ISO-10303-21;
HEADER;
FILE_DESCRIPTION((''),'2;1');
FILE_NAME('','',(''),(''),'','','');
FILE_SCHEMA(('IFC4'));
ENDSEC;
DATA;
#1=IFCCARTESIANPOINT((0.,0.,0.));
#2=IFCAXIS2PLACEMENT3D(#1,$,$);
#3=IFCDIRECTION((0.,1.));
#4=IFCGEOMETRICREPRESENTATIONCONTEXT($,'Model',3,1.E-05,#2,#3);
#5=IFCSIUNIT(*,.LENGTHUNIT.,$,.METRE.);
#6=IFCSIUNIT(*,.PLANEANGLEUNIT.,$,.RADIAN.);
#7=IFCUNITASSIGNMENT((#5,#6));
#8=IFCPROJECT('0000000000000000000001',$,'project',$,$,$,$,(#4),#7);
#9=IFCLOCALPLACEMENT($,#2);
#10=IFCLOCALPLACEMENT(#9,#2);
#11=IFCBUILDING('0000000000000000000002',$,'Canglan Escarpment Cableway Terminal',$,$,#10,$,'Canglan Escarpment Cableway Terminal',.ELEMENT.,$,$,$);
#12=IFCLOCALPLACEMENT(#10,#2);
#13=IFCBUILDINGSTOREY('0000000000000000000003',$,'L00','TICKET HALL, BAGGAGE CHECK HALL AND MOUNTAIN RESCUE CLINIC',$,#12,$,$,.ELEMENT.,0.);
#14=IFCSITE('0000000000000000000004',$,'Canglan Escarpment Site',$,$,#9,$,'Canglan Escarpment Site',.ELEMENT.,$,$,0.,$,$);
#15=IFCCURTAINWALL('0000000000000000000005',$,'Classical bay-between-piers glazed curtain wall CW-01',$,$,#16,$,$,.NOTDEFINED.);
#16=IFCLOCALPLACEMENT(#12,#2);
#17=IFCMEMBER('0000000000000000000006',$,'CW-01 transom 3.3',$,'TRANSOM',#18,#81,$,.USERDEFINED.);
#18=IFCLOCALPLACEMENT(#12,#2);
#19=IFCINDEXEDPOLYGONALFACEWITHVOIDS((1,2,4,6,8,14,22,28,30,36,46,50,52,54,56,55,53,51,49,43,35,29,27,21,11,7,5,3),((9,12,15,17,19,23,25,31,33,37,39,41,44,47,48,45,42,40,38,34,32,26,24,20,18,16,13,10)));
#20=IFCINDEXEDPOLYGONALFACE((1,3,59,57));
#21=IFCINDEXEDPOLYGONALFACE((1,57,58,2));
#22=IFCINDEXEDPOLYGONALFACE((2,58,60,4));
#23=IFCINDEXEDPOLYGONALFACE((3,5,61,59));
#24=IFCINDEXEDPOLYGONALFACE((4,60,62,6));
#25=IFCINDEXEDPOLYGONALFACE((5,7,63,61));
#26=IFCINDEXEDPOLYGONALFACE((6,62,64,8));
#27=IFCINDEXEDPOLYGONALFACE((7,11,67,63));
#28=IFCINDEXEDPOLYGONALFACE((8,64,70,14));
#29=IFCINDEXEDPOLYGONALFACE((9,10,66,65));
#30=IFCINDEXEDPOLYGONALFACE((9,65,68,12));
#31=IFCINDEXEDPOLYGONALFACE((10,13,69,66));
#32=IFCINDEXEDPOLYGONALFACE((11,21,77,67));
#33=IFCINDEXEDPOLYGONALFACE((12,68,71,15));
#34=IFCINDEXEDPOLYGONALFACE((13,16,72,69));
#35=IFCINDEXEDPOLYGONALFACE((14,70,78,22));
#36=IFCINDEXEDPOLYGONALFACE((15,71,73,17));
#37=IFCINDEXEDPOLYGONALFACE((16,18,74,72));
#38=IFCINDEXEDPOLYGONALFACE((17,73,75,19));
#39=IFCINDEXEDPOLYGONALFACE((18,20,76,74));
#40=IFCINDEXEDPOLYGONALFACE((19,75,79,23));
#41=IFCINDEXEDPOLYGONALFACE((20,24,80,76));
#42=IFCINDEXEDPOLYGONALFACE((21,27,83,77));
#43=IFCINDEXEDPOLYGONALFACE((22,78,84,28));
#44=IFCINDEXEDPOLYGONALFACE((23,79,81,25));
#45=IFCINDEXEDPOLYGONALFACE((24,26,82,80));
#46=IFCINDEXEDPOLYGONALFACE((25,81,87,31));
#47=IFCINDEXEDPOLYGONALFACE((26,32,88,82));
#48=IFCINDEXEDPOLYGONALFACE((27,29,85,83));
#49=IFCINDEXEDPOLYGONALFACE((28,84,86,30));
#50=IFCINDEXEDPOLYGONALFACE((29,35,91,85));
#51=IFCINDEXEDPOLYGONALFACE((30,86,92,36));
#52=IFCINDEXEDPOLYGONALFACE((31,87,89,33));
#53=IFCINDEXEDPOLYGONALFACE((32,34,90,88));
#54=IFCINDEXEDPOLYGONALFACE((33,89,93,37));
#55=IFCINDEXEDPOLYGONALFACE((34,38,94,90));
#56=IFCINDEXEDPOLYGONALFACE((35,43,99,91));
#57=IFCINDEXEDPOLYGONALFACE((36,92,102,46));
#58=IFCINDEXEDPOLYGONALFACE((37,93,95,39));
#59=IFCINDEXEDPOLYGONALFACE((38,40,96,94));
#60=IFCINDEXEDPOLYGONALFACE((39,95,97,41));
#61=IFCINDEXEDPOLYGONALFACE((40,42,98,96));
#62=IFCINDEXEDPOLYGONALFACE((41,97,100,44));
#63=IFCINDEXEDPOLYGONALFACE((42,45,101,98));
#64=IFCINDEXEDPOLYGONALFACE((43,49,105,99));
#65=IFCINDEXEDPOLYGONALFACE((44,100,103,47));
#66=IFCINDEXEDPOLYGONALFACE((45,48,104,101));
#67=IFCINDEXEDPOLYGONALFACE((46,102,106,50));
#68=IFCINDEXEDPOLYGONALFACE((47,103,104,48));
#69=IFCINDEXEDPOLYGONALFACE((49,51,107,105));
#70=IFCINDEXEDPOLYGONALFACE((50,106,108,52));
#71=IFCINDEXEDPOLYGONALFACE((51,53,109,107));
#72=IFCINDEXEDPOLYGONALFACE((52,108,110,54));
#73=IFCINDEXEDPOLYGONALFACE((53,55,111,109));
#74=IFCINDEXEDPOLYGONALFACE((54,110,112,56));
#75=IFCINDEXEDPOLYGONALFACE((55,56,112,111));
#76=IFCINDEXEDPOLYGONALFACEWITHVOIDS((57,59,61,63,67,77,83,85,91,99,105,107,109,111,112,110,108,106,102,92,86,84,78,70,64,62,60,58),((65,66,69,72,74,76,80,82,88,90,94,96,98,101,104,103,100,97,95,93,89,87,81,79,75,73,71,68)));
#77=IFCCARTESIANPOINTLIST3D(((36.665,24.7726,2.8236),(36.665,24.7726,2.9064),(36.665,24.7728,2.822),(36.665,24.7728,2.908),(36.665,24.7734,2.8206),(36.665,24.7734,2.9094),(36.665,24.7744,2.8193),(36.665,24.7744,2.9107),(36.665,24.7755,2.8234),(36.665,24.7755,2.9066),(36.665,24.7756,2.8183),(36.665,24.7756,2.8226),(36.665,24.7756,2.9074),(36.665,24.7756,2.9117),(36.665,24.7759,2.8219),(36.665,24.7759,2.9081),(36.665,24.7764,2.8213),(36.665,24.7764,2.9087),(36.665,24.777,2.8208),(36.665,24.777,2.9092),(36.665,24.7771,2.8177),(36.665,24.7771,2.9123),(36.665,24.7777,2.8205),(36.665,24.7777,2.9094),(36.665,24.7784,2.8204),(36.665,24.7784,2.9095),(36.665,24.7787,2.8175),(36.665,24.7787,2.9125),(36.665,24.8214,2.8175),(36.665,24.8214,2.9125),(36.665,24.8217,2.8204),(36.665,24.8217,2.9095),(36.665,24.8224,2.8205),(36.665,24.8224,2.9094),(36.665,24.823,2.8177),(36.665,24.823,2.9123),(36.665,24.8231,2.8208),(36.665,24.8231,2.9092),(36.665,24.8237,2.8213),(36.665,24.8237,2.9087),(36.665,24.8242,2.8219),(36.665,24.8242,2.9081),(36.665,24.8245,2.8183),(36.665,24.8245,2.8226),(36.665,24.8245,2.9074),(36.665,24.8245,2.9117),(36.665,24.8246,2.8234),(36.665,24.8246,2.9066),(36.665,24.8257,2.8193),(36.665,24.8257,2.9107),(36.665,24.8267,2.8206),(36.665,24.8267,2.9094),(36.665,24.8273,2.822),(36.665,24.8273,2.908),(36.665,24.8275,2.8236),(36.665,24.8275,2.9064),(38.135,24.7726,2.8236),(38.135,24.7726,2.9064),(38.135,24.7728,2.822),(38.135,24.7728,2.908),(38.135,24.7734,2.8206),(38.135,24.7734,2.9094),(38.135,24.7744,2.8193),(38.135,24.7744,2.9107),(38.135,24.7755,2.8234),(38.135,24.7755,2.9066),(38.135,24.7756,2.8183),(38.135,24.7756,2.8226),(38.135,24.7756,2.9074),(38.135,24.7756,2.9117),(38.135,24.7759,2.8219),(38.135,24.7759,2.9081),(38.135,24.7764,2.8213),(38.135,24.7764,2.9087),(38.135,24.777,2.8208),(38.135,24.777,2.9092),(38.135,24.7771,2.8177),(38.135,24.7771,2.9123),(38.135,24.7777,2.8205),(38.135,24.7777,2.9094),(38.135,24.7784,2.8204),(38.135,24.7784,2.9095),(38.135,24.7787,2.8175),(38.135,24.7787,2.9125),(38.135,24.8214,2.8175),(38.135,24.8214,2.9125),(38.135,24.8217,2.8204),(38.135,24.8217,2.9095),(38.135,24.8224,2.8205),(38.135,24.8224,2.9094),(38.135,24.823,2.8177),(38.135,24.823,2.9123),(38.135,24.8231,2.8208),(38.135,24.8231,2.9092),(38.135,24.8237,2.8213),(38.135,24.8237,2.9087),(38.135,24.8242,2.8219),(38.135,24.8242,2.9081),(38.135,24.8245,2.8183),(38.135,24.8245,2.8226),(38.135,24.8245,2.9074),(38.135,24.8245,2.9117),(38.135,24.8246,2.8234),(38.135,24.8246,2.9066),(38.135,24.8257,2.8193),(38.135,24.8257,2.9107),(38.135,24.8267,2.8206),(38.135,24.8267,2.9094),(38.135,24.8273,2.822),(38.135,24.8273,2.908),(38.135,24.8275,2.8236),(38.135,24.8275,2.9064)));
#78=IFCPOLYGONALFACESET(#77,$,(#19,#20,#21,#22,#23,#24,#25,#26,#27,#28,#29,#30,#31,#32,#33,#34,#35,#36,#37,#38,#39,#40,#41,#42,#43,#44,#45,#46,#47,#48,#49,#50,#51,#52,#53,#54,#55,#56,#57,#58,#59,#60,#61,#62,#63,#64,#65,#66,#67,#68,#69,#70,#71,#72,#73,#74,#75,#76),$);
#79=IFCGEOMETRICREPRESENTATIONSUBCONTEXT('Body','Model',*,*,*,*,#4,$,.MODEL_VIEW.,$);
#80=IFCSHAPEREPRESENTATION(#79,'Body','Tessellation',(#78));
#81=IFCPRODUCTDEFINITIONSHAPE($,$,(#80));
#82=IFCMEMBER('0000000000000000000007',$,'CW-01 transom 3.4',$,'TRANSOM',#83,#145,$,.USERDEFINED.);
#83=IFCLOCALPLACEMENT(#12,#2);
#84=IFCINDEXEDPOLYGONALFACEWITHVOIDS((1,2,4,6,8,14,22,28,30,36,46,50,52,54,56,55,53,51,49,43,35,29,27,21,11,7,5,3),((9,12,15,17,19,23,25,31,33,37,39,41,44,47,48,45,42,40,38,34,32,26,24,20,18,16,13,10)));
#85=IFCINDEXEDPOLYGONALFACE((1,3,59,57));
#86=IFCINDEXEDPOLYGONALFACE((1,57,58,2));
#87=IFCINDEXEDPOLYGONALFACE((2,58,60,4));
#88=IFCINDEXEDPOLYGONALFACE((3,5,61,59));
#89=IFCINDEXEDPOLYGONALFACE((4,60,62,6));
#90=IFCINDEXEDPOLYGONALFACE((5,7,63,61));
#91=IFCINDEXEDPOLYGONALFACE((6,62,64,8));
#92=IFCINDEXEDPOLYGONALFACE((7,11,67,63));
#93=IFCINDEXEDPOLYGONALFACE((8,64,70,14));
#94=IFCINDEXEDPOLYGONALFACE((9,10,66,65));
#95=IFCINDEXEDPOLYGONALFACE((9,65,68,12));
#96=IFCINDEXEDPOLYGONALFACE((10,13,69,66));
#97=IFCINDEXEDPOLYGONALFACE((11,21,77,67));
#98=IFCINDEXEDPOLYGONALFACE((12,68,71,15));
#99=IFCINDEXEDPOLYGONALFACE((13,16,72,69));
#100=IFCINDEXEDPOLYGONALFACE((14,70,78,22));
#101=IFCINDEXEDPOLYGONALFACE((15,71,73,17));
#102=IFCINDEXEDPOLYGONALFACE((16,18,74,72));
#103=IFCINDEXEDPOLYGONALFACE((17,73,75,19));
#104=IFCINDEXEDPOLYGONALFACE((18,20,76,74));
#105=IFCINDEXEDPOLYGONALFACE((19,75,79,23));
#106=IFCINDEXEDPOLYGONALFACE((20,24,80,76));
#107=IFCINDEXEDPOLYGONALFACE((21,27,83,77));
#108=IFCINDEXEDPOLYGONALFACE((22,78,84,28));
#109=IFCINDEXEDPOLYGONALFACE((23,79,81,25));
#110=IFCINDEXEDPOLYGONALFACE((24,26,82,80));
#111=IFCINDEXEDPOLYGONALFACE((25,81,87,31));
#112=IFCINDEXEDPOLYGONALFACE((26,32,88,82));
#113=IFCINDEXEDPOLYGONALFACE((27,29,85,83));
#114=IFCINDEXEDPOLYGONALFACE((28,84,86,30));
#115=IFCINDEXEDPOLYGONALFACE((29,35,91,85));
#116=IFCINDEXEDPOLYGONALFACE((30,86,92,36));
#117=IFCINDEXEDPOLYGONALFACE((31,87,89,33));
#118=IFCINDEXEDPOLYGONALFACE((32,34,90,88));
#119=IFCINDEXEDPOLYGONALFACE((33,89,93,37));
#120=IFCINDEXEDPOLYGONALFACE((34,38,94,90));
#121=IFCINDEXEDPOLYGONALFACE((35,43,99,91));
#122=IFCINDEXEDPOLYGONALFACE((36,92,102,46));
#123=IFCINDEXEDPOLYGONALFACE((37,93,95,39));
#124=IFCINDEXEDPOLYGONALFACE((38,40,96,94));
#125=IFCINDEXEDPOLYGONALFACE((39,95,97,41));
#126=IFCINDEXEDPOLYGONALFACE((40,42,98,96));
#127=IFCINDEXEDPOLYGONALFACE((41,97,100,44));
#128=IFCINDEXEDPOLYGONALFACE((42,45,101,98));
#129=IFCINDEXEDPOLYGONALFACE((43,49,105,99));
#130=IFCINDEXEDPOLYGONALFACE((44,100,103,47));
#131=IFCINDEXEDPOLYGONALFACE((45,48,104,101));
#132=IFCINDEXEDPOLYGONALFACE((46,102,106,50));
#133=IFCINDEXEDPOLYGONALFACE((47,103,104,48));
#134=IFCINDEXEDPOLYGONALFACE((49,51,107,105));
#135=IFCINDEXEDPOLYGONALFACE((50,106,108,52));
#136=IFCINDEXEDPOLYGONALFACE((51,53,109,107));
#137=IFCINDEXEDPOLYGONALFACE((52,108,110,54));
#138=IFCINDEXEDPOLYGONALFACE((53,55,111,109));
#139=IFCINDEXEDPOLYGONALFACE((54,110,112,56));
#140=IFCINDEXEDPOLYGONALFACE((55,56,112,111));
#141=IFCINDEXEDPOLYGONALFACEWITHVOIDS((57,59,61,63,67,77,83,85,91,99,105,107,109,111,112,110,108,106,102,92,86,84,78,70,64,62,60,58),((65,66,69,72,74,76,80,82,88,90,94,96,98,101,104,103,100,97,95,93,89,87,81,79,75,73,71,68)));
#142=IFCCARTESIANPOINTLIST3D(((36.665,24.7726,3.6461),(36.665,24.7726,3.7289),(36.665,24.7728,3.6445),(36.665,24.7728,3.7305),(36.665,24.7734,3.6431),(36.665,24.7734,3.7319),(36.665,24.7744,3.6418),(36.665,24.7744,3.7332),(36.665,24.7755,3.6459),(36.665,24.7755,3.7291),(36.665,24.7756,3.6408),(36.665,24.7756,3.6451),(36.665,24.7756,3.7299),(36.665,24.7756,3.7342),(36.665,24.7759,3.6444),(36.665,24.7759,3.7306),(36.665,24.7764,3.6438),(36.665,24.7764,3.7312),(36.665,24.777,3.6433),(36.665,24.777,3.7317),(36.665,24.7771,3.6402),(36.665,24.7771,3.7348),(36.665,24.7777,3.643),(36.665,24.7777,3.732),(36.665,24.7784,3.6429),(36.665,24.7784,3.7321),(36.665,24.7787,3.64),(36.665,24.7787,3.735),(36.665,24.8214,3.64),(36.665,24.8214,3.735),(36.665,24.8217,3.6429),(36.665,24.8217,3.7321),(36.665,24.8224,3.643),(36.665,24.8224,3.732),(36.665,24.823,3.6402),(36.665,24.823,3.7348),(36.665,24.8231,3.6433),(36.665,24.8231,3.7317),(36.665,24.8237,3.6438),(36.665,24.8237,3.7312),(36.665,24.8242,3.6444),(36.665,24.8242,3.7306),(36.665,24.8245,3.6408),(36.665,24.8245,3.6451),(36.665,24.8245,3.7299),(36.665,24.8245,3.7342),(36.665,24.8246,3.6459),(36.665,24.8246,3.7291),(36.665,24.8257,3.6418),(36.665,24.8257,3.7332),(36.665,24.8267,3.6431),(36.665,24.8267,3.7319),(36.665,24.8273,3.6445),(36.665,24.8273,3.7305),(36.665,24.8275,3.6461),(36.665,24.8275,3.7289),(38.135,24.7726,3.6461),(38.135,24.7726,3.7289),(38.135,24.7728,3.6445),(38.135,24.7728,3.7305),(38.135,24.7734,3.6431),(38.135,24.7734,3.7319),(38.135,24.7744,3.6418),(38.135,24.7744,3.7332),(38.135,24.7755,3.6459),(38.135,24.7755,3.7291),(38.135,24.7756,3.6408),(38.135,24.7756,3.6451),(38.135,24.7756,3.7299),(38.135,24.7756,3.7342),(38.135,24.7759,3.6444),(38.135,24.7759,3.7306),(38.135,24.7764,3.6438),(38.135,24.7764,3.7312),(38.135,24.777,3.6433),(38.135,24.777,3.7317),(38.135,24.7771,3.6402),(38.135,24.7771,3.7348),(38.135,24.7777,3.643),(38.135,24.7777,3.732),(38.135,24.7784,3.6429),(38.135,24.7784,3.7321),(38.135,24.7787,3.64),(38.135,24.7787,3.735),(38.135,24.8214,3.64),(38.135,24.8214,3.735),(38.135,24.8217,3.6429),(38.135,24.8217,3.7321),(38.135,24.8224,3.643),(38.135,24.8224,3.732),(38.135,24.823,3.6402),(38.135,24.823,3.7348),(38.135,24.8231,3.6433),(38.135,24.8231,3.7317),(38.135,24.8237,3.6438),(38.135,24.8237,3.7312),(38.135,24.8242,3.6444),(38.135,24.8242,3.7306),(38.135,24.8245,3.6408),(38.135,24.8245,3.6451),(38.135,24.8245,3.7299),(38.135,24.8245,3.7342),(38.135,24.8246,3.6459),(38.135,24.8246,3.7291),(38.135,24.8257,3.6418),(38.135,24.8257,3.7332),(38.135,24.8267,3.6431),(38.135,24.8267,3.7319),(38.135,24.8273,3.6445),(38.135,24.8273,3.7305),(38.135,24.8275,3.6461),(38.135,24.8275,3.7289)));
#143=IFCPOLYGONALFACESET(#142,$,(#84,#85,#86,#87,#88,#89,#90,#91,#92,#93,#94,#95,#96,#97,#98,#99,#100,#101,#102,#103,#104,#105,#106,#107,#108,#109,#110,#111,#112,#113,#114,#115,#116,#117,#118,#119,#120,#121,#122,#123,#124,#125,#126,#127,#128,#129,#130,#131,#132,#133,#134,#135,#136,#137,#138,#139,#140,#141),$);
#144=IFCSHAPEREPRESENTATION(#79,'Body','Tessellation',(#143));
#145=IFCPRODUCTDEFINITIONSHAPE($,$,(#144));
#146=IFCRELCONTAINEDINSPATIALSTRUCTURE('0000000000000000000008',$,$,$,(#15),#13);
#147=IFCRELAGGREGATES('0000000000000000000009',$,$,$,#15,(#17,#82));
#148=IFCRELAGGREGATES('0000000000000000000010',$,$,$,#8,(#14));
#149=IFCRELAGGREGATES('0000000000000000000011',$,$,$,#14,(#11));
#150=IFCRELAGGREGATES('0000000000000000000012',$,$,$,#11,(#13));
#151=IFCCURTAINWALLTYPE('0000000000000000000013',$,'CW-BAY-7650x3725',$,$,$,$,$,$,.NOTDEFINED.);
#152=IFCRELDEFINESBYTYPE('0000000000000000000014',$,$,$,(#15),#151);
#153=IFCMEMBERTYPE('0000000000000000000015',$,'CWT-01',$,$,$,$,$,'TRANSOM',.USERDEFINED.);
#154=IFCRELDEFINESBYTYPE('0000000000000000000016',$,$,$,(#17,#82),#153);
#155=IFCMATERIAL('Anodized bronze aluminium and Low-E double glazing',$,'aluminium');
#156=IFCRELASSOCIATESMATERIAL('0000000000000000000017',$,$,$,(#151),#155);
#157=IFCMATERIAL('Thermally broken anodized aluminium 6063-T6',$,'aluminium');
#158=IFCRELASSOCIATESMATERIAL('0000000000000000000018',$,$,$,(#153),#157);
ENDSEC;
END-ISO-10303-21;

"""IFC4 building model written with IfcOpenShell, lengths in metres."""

from ifc_helpers import new_model, si_unit, direction, frame, origin, origin_2d, place, context, subcontext, project, spatial, hollow_rectangle, extrude, material, material_profile, profile_set, type_object, element, aggregate, save


model = new_model("IFC4")

# Units and contexts
model_context = context("Model", 3, precision=1e-05, world=origin(), true_north=direction((0.0, 1.0)))
body_context = subcontext(model_context, "Body", "Model", "MODEL_VIEW")
ifc_project = project(units=[si_unit("LENGTHUNIT", "METRE"), si_unit("PLANEANGLEUNIT", "RADIAN")], contexts=[model_context])

# Site, building, storey
site_placement = place(None, origin())
site = spatial("IfcSite", under=ifc_project, at=site_placement, Name="Canglan Escarpment Site", LongName="Canglan Escarpment Site", CompositionType="ELEMENT", RefElevation=0.0)
building_placement = place(site_placement, origin())
building = spatial("IfcBuilding", under=site, at=building_placement, Name="Canglan Escarpment Cableway Terminal", LongName="Canglan Escarpment Cableway Terminal", CompositionType="ELEMENT")
storey_placement = place(building_placement, origin())
storey = spatial("IfcBuildingStorey", under=building, at=storey_placement, Name="L00", Description="TICKET HALL, BAGGAGE CHECK HALL AND MOUNTAIN RESCUE CLINIC", CompositionType="ELEMENT", Elevation=0.0)

# Curtain wall, members
ifc_material_1 = material(Name="Anodized bronze aluminium and Low-E double glazing", Category="aluminium")
curtain_wall_type = type_object("IfcCurtainWallType", Name="CW-BAY-7650x3725", PredefinedType="NOTDEFINED", material=ifc_material_1)
curtain_wall_placement = place(storey_placement, origin())
curtain_wall = element("IfcCurtainWall", 1, at=curtain_wall_placement, inside=storey, type_object=curtain_wall_type, Name="Classical bay-between-piers glazed curtain wall CW-01", PredefinedType="NOTDEFINED")
ifc_material_2 = material(Name="Thermally broken anodized aluminium 6063-T6", Category="aluminium")
ifc_material_profile_1 = material_profile(ifc_material_2, hollow_rectangle(XDim=0.0549, YDim=0.095, WallThickness=0.0029, InnerFilletRadius=0.0029, OuterFilletRadius=0.0061, at=origin_2d()), Name="ALU-TRAN 55x95x3")
ifc_profile_set_1 = profile_set([ifc_material_profile_1], Name="Thermally broken anodized aluminium 6063-T6")
member_type_1 = type_object("IfcMemberType", Name="CWT-01", ElementType="TRANSOM", PredefinedType="USERDEFINED", material=ifc_profile_set_1)
member_1_placement = place(storey_placement, frame((38.135, 24.8, 2.865), z_axis=(-1.0, 0.0, 0.0), x_axis=(0.0, -1.0, 0.0)))
member_1 = element("IfcMember", 2, at=member_1_placement, type_object=member_type_1, Name="CW-01 transom 3.3", ObjectType="TRANSOM", PredefinedType="USERDEFINED", context=body_context, shape_type="SweptSolid", body=[
    extrude(hollow_rectangle(XDim=0.0549, YDim=0.095, WallThickness=0.0029, InnerFilletRadius=0.0029, OuterFilletRadius=0.0061, at=origin_2d()), origin(), (0.0, 0.0, 1.0), 1.47),
])
member_2_placement = place(storey_placement, frame((38.135, 24.8, 3.6875), z_axis=(-1.0, 0.0, 0.0), x_axis=(0.0, -1.0, 0.0)))
member_2 = element("IfcMember", 3, at=member_2_placement, type_object=member_type_1, Name="CW-01 transom 3.4", ObjectType="TRANSOM", PredefinedType="USERDEFINED", context=body_context, shape_type="SweptSolid", body=[
    extrude(hollow_rectangle(XDim=0.0549, YDim=0.095, WallThickness=0.0029, InnerFilletRadius=0.0029, OuterFilletRadius=0.0061, at=origin_2d()), origin(), (0.0, 0.0, 1.0), 1.47),
])
aggregate(curtain_wall, [member_1, member_2])

save(model, "model.ifc")
